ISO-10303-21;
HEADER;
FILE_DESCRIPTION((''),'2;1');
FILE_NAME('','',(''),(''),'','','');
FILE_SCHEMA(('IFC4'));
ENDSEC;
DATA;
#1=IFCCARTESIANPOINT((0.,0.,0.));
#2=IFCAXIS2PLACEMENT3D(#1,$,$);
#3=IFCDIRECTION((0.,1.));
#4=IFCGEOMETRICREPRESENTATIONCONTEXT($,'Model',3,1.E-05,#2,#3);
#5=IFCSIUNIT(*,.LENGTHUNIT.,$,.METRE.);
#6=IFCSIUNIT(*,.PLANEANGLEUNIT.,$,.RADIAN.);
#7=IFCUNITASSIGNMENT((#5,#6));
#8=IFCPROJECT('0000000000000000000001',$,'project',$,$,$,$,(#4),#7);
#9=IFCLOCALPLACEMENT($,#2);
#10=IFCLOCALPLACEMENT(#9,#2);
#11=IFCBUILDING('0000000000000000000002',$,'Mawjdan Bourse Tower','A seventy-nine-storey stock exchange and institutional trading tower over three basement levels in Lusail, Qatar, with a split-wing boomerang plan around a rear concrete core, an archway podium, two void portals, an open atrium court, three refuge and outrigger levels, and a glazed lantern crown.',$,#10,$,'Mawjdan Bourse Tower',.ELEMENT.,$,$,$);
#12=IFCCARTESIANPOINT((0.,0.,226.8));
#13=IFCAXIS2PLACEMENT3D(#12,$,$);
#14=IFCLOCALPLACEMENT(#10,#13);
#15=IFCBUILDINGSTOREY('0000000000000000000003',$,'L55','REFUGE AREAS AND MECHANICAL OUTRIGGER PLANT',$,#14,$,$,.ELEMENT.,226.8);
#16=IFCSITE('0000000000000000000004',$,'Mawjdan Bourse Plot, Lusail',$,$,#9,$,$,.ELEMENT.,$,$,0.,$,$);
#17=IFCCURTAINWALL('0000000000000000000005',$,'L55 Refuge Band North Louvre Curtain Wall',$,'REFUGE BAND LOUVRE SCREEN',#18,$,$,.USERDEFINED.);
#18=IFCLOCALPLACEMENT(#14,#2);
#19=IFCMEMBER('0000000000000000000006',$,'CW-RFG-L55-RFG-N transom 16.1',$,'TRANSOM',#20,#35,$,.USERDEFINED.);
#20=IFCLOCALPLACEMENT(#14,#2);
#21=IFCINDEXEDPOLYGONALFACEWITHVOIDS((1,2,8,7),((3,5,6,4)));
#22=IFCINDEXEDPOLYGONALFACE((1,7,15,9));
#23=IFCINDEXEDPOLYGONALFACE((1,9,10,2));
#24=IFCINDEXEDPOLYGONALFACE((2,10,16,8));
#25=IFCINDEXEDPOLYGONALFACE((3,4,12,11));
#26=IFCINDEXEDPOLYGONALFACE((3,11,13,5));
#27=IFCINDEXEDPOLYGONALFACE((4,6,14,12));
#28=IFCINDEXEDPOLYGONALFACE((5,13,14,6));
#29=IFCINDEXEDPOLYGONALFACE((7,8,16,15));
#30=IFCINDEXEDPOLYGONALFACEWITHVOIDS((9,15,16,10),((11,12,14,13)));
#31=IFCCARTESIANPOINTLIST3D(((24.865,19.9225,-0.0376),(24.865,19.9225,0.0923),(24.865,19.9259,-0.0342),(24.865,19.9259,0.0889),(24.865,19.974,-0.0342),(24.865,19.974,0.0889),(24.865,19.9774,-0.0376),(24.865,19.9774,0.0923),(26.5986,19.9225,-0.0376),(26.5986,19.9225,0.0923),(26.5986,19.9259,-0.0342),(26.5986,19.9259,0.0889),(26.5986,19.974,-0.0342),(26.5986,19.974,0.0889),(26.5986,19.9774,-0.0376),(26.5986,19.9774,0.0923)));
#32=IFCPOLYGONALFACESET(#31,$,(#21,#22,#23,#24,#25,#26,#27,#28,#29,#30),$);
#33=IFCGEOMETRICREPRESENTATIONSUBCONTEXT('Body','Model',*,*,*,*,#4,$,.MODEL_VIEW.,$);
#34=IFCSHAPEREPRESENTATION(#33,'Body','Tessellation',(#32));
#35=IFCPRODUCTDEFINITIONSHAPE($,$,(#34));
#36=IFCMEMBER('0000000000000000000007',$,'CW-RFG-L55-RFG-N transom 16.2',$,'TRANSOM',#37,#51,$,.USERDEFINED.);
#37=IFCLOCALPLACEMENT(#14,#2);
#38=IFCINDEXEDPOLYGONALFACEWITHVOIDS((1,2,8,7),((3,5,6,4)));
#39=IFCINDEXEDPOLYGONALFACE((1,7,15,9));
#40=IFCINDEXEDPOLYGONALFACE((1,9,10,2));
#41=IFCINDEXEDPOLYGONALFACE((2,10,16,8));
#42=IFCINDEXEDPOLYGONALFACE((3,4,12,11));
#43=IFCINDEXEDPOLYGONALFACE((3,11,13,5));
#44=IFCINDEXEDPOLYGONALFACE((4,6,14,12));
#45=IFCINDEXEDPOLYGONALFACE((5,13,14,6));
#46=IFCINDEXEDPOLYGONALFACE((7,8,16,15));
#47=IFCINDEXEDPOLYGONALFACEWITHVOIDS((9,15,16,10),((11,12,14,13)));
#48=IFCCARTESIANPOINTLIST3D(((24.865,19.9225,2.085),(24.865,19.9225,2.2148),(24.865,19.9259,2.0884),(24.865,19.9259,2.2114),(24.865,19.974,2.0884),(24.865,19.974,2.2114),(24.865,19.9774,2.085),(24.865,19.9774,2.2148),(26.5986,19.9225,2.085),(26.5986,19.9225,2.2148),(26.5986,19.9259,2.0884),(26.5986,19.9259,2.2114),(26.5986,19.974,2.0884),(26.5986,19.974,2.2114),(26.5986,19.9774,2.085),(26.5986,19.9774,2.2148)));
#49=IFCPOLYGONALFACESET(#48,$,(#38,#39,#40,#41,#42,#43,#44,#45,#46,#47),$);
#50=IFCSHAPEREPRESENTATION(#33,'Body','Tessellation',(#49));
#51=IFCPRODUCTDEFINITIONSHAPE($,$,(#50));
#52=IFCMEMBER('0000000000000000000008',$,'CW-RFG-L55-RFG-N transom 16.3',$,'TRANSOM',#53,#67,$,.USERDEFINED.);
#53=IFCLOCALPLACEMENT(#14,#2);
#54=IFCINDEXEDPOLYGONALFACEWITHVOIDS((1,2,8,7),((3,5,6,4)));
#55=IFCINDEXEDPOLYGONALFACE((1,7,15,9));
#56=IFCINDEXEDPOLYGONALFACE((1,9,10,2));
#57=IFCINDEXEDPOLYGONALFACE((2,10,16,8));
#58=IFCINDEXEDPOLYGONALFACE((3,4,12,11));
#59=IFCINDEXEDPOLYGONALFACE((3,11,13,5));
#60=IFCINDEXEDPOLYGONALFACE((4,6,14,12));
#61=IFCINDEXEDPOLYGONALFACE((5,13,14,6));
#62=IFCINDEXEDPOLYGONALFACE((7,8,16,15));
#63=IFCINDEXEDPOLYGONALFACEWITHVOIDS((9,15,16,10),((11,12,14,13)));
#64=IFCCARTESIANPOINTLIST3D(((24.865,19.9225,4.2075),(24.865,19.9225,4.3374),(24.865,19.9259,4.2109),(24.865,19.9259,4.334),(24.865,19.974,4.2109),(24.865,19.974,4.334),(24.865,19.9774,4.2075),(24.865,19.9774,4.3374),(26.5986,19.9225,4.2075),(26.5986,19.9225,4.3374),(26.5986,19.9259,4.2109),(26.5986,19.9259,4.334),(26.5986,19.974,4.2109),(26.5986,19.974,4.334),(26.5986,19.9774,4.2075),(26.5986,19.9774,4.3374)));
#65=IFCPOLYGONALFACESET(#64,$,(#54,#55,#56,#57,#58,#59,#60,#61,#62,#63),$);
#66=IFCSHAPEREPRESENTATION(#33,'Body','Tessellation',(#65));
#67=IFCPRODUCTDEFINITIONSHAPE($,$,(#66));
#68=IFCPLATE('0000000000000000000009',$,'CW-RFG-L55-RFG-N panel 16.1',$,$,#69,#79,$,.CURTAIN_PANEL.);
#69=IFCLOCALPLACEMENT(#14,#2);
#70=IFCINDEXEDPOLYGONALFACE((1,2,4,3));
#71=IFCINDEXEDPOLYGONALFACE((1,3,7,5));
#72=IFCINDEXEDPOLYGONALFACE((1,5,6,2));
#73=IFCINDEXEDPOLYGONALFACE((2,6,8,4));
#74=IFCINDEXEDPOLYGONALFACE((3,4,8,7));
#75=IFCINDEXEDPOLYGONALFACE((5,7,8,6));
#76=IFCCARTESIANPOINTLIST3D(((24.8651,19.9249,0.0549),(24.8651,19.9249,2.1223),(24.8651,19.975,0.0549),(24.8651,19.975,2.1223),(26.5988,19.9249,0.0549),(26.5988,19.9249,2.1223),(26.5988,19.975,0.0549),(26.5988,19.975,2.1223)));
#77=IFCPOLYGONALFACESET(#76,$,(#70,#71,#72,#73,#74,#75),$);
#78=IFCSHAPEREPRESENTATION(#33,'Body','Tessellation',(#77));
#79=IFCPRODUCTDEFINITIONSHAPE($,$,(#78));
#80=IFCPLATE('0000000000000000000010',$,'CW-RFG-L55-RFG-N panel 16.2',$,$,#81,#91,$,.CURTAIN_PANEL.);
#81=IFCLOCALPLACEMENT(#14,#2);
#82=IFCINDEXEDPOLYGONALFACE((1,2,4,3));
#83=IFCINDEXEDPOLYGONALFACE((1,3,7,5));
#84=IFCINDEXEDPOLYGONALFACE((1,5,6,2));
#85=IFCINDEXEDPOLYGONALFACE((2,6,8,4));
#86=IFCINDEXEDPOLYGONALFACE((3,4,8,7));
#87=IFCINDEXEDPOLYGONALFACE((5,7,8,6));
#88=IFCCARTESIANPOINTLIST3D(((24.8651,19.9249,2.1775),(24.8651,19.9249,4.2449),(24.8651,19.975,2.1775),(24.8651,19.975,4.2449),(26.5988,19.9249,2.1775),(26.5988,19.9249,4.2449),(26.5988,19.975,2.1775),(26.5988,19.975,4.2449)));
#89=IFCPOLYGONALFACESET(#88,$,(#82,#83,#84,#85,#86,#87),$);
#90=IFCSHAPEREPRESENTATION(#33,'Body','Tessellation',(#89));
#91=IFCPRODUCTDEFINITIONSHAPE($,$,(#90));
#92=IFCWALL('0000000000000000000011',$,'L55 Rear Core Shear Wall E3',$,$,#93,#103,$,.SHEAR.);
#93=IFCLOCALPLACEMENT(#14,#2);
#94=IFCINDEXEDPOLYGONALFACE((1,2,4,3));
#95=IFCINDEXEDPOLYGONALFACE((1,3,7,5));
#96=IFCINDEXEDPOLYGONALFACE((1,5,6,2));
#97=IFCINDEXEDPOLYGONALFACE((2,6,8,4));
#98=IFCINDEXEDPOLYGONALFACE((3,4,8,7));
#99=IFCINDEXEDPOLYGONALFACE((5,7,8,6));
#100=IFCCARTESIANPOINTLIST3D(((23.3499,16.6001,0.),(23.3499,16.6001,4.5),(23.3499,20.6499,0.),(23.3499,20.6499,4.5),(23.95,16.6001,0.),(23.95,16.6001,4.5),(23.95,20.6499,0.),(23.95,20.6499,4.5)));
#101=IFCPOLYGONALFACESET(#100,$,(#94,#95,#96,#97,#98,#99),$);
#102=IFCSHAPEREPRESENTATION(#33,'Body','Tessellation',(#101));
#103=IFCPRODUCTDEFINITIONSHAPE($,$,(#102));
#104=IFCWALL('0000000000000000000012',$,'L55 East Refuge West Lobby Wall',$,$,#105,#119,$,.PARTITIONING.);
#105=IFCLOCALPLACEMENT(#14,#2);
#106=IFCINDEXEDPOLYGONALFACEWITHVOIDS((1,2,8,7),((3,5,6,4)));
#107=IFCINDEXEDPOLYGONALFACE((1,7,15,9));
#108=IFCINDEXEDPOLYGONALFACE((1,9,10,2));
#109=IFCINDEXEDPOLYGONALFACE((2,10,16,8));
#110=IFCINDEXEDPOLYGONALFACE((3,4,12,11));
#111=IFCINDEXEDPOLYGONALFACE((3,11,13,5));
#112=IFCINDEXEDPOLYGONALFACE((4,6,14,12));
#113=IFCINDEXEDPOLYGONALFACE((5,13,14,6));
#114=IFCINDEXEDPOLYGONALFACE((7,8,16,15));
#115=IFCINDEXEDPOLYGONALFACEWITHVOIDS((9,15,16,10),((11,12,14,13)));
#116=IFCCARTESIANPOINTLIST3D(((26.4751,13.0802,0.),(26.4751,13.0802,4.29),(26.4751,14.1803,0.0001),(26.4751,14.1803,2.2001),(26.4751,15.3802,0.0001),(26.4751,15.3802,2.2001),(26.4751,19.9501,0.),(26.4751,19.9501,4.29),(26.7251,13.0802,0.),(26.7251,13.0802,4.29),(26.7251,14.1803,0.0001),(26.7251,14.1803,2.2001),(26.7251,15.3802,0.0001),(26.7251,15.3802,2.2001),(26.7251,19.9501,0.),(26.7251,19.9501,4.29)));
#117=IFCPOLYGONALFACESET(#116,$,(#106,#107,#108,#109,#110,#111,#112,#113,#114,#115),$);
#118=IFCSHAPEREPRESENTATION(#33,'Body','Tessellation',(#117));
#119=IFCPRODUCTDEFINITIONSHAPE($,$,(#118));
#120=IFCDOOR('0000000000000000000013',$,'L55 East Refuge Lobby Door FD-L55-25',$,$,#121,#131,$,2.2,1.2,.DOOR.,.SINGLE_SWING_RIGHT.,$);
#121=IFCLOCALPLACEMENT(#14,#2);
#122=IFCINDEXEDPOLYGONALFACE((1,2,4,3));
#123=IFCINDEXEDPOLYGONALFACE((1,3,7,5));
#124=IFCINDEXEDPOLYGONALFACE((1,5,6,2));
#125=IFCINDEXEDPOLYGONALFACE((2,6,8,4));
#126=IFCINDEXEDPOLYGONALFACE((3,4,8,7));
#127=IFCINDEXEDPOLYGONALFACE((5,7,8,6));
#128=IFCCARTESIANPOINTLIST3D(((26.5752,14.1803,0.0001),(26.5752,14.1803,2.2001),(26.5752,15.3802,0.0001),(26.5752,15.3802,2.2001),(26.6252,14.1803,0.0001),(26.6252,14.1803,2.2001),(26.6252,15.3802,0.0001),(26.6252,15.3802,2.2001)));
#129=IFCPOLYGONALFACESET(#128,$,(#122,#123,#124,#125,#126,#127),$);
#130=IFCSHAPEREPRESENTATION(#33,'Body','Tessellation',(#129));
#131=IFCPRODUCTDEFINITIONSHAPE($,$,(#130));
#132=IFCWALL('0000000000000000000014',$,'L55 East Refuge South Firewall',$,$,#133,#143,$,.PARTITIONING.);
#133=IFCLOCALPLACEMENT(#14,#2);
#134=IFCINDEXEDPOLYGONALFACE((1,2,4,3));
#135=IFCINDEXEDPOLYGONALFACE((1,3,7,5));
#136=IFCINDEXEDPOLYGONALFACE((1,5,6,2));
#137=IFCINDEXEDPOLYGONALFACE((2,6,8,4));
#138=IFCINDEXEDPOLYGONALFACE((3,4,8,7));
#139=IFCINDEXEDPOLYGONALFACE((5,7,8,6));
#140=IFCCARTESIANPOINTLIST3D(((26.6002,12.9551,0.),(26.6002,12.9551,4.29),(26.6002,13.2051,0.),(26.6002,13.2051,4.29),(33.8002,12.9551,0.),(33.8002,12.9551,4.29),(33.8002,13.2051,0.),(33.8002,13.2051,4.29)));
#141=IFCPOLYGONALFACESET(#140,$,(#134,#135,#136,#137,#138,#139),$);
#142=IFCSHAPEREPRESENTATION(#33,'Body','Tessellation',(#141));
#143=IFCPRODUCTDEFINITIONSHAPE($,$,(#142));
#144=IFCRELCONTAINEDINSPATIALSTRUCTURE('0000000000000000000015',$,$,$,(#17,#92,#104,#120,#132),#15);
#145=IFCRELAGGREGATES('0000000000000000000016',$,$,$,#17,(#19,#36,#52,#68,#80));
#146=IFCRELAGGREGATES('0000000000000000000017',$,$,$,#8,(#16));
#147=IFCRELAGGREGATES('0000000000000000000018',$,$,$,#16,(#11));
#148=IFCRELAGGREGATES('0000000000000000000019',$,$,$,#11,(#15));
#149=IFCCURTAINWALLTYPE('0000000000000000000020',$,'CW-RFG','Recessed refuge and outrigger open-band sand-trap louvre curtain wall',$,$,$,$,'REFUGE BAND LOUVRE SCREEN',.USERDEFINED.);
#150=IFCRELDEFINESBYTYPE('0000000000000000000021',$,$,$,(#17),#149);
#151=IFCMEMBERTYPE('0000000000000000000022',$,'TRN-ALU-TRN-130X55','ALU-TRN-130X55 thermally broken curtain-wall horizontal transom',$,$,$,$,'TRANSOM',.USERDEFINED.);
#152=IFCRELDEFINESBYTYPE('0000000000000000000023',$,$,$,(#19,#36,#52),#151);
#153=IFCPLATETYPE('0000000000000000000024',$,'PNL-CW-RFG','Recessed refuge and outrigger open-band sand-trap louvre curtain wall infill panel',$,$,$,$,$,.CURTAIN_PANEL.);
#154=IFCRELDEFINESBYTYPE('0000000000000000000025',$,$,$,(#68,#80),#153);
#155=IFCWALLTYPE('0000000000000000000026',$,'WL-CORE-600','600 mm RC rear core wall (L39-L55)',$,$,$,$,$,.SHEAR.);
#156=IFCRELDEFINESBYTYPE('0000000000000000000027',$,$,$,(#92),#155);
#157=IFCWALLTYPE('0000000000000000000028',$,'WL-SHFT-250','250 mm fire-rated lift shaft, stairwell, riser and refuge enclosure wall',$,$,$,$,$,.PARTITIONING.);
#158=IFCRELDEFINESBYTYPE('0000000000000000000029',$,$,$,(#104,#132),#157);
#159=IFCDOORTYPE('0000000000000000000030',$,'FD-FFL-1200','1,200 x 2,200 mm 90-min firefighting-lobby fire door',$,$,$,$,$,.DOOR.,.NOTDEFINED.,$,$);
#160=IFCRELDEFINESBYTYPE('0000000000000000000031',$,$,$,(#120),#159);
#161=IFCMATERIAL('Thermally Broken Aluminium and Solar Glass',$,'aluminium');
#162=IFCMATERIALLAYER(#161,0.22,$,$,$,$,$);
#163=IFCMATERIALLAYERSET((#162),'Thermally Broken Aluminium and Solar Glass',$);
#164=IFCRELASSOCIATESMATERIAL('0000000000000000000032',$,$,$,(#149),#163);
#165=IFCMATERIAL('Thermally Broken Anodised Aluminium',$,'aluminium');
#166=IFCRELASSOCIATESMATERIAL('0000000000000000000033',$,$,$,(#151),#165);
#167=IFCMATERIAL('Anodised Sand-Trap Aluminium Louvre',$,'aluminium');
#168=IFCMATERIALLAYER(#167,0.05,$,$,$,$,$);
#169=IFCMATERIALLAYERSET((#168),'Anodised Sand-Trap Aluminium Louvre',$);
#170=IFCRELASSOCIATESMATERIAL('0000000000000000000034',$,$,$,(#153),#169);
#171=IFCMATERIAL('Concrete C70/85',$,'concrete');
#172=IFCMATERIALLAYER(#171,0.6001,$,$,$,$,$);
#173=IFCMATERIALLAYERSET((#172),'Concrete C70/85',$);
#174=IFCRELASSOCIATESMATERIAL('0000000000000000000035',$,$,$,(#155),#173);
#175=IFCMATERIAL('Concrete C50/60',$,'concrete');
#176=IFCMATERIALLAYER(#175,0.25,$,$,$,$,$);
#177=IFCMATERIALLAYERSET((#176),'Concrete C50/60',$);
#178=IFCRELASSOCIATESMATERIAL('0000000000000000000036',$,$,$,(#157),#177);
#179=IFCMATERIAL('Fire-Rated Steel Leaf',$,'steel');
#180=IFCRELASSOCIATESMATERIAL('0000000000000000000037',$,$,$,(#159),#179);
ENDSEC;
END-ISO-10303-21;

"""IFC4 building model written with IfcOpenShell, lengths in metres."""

from ifc_helpers import new_model, si_unit, direction, frame, frame_2d, origin, origin_2d, place, context, subcontext, project, spatial, rectangle, hollow_rectangle, extrude, material, layer, layer_set, material_profile, profile_set, type_object, element, fill, aggregate, save


model = new_model("IFC4")

# Units and contexts
model_context = context("Model", 3, precision=1e-05, world=origin(), true_north=direction((0.0, 1.0)))
body_context = subcontext(model_context, "Body", "Model", "MODEL_VIEW")
ifc_project = project(units=[si_unit("LENGTHUNIT", "METRE"), si_unit("PLANEANGLEUNIT", "RADIAN")], contexts=[model_context])

# Site, building, storey
site_placement = place(None, origin())
site = spatial("IfcSite", under=ifc_project, at=site_placement, Name="Mawjdan Bourse Plot, Lusail", CompositionType="ELEMENT", RefElevation=0.0)
building_placement = place(site_placement, origin())
building = spatial("IfcBuilding", under=site, at=building_placement, Name="Mawjdan Bourse Tower", Description="A seventy-nine-storey stock exchange and institutional trading tower over three basement levels in Lusail, Qatar, with a split-wing boomerang plan around a rear concrete core, an archway podium, two void portals, an open atrium court, three refuge and outrigger levels, and a glazed lantern crown.", LongName="Mawjdan Bourse Tower", CompositionType="ELEMENT")
storey_placement = place(building_placement, frame((0.0, 0.0, 226.8)))
storey = spatial("IfcBuildingStorey", under=building, at=storey_placement, Name="L55", Description="REFUGE AREAS AND MECHANICAL OUTRIGGER PLANT", CompositionType="ELEMENT", Elevation=226.8)

# Shared definitions
ifc_material_1 = material(Name="Concrete C70/85", Category="concrete")

# Curtain wall, members, plates
ifc_material_2 = material(Name="Thermally Broken Aluminium and Solar Glass", Category="aluminium")
ifc_layer_1 = layer(ifc_material_2, 0.22)
ifc_layer_set_1 = layer_set([ifc_layer_1], Name="Thermally Broken Aluminium and Solar Glass")
curtain_wall_type = type_object("IfcCurtainWallType", Name="CW-RFG", Description="Recessed refuge and outrigger open-band sand-trap louvre curtain wall", ElementType="REFUGE BAND LOUVRE SCREEN", PredefinedType="USERDEFINED", material=ifc_layer_set_1)
curtain_wall_placement = place(storey_placement, origin())
curtain_wall = element("IfcCurtainWall", 1, at=curtain_wall_placement, inside=storey, type_object=curtain_wall_type, Name="L55 Refuge Band North Louvre Curtain Wall", ObjectType="REFUGE BAND LOUVRE SCREEN", PredefinedType="USERDEFINED")
ifc_material_3 = material(Name="Thermally Broken Anodised Aluminium", Category="aluminium")
ifc_material_profile_1 = material_profile(ifc_material_3, hollow_rectangle(XDim=0.0549, YDim=0.1299, WallThickness=0.0034, at=origin_2d()), Name="ALU-TRN-130X55")
ifc_profile_set_1 = profile_set([ifc_material_profile_1], Name="Thermally Broken Anodised Aluminium")
member_type_1 = type_object("IfcMemberType", Name="TRN-ALU-TRN-130X55", Description="ALU-TRN-130X55 thermally broken curtain-wall horizontal transom", ElementType="TRANSOM", PredefinedType="USERDEFINED", material=ifc_profile_set_1)
member_1_placement = place(storey_placement, frame((26.5986, 19.95, 0.0273), z_axis=(-1.0, 0.0, 0.0), x_axis=(0.0, -1.0, 0.0)))
member_1 = element("IfcMember", 2, at=member_1_placement, type_object=member_type_1, Name="CW-RFG-L55-RFG-N transom 16.1", ObjectType="TRANSOM", PredefinedType="USERDEFINED", context=body_context, shape_type="SweptSolid", body=[
    extrude(hollow_rectangle(XDim=0.0549, YDim=0.1299, WallThickness=0.0034, at=origin_2d()), origin(), (0.0, 0.0, 1.0), 1.7336),
])
member_2_placement = place(storey_placement, frame((26.5986, 19.95, 2.1499), z_axis=(-1.0, 0.0, 0.0), x_axis=(0.0, -1.0, 0.0)))
member_2 = element("IfcMember", 3, at=member_2_placement, type_object=member_type_1, Name="CW-RFG-L55-RFG-N transom 16.2", ObjectType="TRANSOM", PredefinedType="USERDEFINED", context=body_context, shape_type="SweptSolid", body=[
    extrude(hollow_rectangle(XDim=0.0549, YDim=0.1299, WallThickness=0.0034, at=origin_2d()), origin(), (0.0, 0.0, 1.0), 1.7336),
])
member_3_placement = place(storey_placement, frame((26.5986, 19.95, 4.2725), z_axis=(-1.0, 0.0, 0.0), x_axis=(0.0, -1.0, 0.0)))
member_3 = element("IfcMember", 4, at=member_3_placement, type_object=member_type_1, Name="CW-RFG-L55-RFG-N transom 16.3", ObjectType="TRANSOM", PredefinedType="USERDEFINED", context=body_context, shape_type="SweptSolid", body=[
    extrude(hollow_rectangle(XDim=0.0549, YDim=0.1299, WallThickness=0.0034, at=origin_2d()), origin(), (0.0, 0.0, 1.0), 1.7336),
])
ifc_material_4 = material(Name="Anodised Sand-Trap Aluminium Louvre", Category="aluminium")
ifc_layer_2 = layer(ifc_material_4, 0.05)
ifc_layer_set_2 = layer_set([ifc_layer_2], Name="Anodised Sand-Trap Aluminium Louvre")
plate_type = type_object("IfcPlateType", Name="PNL-CW-RFG", Description="Recessed refuge and outrigger open-band sand-trap louvre curtain wall infill panel", PredefinedType="CURTAIN_PANEL", material=ifc_layer_set_2)
plate_1_placement = place(storey_placement, frame((25.7319, 19.95, 0.0549), z_axis=(0.0, 0.0, 1.0), x_axis=(-1.0, 0.0, 0.0)))
plate_1 = element("IfcPlate", 5, at=plate_1_placement, type_object=plate_type, Name="CW-RFG-L55-RFG-N panel 16.1", PredefinedType="CURTAIN_PANEL", context=body_context, shape_type="SweptSolid", body=[
    extrude(rectangle(XDim=1.7336, YDim=0.05, at=origin_2d()), origin(), (0.0, 0.0, 1.0), 2.0674),
])
plate_2_placement = place(storey_placement, frame((25.7319, 19.95, 2.1775), z_axis=(0.0, 0.0, 1.0), x_axis=(-1.0, 0.0, 0.0)))
plate_2 = element("IfcPlate", 6, at=plate_2_placement, type_object=plate_type, Name="CW-RFG-L55-RFG-N panel 16.2", PredefinedType="CURTAIN_PANEL", context=body_context, shape_type="SweptSolid", body=[
    extrude(rectangle(XDim=1.7336, YDim=0.05, at=origin_2d()), origin(), (0.0, 0.0, 1.0), 2.0674),
])
aggregate(curtain_wall, [member_1, member_2, member_3, plate_1, plate_2])

# Wall
ifc_layer_3 = layer(ifc_material_1, 0.6001)
ifc_layer_set_3 = layer_set([ifc_layer_3], Name="Concrete C70/85")
wall_type_1 = type_object("IfcWallType", Name="WL-CORE-600", Description="600 mm RC rear core wall (L39-L55)", PredefinedType="SHEAR", material=ifc_layer_set_3)
wall_1_placement = place(storey_placement, frame((23.6499, 16.6001, 0.0), z_axis=(0.0, 0.0, 1.0), x_axis=(0.0, 1.0, 0.0)))
element("IfcWall", 7, at=wall_1_placement, inside=storey, type_object=wall_type_1, Name="L55 Rear Core Shear Wall E3", PredefinedType="SHEAR", context=body_context, shape_type="SweptSolid", body=[
    extrude(rectangle(XDim=4.0498, YDim=0.6001, at=frame_2d((2.0249, 0.0))), origin(), (0.0, 0.0, 1.0), 4.5),
])

# Wall, opening, door
ifc_material_5 = material(Name="Concrete C50/60", Category="concrete")
ifc_layer_4 = layer(ifc_material_5, 0.25)
ifc_layer_set_4 = layer_set([ifc_layer_4], Name="Concrete C50/60")
wall_type_2 = type_object("IfcWallType", Name="WL-SHFT-250", Description="250 mm fire-rated lift shaft, stairwell, riser and refuge enclosure wall", PredefinedType="PARTITIONING", material=ifc_layer_set_4)
wall_2_placement = place(storey_placement, frame((26.6001, 13.0801, 0.0), z_axis=(0.0, 0.0, 1.0), x_axis=(0.0, 1.0, 0.0)))
wall_2 = element("IfcWall", 8, at=wall_2_placement, inside=storey, type_object=wall_type_2, Name="L55 East Refuge West Lobby Wall", PredefinedType="PARTITIONING", context=body_context, shape_type="SweptSolid", body=[
    extrude(rectangle(XDim=6.8699, YDim=0.25, at=frame_2d((3.4351, 0.0))), origin(), (0.0, 0.0, 1.0), 4.29),
])
opening_placement = place(wall_2_placement, frame((1.1001, 0.0, 0.0)))
opening = element("IfcOpeningElement", 9, at=opening_placement, cuts=wall_2, PredefinedType="OPENING", context=body_context, shape_type="SweptSolid", body=[
    extrude(rectangle(XDim=1.2, YDim=2.2, at=frame_2d((0.6001, 1.1001))), frame((0.0, 0.135, 0.0), z_axis=(0.0, -1.0, 0.0), x_axis=(1.0, 0.0, 0.0)), (0.0, 0.0, 1.0), 0.27),
])
ifc_material_6 = material(Name="Fire-Rated Steel Leaf", Category="steel")
door_type = type_object("IfcDoorType", Name="FD-FFL-1200", Description="1,200 x 2,200 mm 90-min firefighting-lobby fire door", OperationType="NOTDEFINED", PredefinedType="DOOR", material=ifc_material_6)
door_placement = place(opening_placement, origin())
door = element("IfcDoor", 10, at=door_placement, inside=storey, type_object=door_type, Name="L55 East Refuge Lobby Door FD-L55-25", OperationType="SINGLE_SWING_RIGHT", OverallHeight=2.2, OverallWidth=1.2, PredefinedType="DOOR", context=body_context, shape_type="SweptSolid", body=[
    extrude(rectangle(XDim=1.2, YDim=2.2, at=frame_2d((0.6001, 1.1001))), frame((0.0, 0.0249, 0.0), z_axis=(0.0, -1.0, 0.0), x_axis=(1.0, 0.0, 0.0)), (0.0, 0.0, 1.0), 0.05),
])
fill(opening, door)

# Wall
wall_3_placement = place(storey_placement, frame((26.6001, 13.0801, 0.0), z_axis=(0.0, 0.0, 1.0), x_axis=(1.0, 0.0, 0.0)))
element("IfcWall", 11, at=wall_3_placement, inside=storey, type_object=wall_type_2, Name="L55 East Refuge South Firewall", PredefinedType="PARTITIONING", context=body_context, shape_type="SweptSolid", body=[
    extrude(rectangle(XDim=7.2, YDim=0.25, at=frame_2d((3.6001, 0.0))), origin(), (0.0, 0.0, 1.0), 4.29),
])

save(model, "model.ifc")
